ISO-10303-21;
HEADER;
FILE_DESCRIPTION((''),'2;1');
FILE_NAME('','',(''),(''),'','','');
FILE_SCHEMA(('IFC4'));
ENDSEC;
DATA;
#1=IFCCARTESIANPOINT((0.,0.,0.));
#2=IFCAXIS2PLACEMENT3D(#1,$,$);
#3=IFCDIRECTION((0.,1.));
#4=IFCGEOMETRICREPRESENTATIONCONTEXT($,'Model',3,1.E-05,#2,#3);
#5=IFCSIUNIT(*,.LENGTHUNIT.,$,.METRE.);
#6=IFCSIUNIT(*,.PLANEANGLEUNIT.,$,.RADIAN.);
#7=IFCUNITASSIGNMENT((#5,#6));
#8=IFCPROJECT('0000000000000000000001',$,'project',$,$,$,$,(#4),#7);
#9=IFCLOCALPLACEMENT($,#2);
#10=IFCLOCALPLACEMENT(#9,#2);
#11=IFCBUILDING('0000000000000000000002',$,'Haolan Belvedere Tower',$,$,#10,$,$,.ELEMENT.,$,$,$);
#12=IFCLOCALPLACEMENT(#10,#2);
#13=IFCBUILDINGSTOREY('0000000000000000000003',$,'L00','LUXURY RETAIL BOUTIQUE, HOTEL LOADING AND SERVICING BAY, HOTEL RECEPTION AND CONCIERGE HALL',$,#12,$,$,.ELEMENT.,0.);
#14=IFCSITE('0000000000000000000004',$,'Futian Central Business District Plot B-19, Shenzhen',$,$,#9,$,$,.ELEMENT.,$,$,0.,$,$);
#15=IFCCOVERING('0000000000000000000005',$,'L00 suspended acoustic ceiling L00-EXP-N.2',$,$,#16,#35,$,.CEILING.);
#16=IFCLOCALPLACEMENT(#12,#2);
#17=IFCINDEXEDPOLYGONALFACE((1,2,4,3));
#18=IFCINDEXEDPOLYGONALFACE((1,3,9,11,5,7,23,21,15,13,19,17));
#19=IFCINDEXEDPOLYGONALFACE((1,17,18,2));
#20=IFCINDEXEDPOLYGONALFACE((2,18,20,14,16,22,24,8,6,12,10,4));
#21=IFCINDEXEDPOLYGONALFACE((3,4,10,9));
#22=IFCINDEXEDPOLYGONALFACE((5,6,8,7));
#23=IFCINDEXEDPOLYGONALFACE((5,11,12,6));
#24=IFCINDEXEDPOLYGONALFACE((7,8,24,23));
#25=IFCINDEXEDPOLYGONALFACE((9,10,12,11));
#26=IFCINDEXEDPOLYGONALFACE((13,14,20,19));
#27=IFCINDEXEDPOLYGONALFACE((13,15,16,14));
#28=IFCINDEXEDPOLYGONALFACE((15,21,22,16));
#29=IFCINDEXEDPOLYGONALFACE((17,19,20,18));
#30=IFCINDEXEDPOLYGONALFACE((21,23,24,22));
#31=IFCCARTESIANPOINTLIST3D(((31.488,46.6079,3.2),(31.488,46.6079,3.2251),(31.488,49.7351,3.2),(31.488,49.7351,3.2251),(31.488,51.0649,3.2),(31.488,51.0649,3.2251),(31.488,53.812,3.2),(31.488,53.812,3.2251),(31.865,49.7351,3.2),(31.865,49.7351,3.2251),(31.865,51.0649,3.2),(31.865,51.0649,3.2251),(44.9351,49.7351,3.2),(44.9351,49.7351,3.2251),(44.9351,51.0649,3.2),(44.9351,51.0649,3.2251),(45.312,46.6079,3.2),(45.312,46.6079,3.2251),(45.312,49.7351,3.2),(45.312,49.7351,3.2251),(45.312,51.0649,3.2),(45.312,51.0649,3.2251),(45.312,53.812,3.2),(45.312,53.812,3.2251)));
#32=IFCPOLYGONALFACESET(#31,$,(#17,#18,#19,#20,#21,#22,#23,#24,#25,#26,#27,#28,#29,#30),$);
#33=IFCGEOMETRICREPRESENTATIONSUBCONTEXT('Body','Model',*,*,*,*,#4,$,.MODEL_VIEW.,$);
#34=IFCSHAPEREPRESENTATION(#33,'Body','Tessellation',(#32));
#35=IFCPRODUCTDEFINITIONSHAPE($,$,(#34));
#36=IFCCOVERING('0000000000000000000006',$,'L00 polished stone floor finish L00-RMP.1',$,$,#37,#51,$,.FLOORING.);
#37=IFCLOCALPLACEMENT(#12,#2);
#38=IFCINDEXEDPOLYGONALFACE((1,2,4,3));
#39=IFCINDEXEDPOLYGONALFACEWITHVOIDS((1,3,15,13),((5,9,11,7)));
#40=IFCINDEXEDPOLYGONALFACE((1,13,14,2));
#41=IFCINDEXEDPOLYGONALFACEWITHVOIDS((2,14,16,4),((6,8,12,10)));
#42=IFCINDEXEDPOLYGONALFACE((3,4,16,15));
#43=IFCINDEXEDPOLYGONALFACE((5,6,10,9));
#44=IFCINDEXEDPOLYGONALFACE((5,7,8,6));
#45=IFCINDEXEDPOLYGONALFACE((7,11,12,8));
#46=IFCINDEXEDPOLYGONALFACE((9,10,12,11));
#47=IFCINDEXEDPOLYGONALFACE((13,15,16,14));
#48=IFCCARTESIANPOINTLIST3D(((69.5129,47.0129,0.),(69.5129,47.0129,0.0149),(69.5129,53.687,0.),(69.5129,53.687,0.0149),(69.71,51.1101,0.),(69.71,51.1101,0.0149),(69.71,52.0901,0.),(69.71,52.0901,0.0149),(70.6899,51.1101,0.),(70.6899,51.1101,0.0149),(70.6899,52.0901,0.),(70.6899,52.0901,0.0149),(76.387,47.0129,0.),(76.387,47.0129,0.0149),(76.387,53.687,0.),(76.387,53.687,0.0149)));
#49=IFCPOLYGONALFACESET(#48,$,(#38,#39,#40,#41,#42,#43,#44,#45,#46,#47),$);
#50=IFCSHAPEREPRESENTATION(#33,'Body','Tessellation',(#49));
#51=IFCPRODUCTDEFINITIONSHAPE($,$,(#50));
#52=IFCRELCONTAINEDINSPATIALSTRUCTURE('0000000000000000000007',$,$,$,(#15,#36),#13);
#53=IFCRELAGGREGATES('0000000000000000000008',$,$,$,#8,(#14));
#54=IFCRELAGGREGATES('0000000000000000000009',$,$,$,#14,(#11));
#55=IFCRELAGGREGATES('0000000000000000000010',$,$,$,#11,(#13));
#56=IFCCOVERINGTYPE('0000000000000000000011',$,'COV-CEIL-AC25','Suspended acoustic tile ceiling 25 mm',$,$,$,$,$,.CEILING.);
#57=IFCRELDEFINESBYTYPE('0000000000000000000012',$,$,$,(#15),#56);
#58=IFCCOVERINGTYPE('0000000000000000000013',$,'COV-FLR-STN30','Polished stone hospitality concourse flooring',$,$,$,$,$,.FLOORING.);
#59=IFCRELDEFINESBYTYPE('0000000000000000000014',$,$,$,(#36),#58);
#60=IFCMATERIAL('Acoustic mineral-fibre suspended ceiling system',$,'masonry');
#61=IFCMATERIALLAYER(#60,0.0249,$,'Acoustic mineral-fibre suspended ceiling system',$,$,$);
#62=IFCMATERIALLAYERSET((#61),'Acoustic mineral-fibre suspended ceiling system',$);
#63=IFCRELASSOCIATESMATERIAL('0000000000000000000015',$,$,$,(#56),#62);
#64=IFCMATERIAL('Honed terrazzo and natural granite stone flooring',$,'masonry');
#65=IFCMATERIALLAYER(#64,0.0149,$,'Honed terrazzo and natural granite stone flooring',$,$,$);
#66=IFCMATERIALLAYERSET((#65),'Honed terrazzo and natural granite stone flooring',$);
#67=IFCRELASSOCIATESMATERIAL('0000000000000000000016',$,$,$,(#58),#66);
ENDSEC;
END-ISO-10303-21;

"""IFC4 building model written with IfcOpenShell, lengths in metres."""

from ifc_helpers import new_model, si_unit, direction, frame, origin, place, context, subcontext, project, spatial, polyline, outline, extrude, material, layer, layer_set, type_object, element, save


model = new_model("IFC4")

# Units and contexts
model_context = context("Model", 3, precision=1e-05, world=origin(), true_north=direction((0.0, 1.0)))
body_context = subcontext(model_context, "Body", "Model", "MODEL_VIEW")
ifc_project = project(units=[si_unit("LENGTHUNIT", "METRE"), si_unit("PLANEANGLEUNIT", "RADIAN")], contexts=[model_context])

# Site, building, storey
site_placement = place(None, origin())
site = spatial("IfcSite", under=ifc_project, at=site_placement, Name="Futian Central Business District Plot B-19, Shenzhen", CompositionType="ELEMENT", RefElevation=0.0)
building_placement = place(site_placement, origin())
building = spatial("IfcBuilding", under=site, at=building_placement, Name="Haolan Belvedere Tower", CompositionType="ELEMENT")
storey_placement = place(building_placement, origin())
storey = spatial("IfcBuildingStorey", under=building, at=storey_placement, Name="L00", Description="LUXURY RETAIL BOUTIQUE, HOTEL LOADING AND SERVICING BAY, HOTEL RECEPTION AND CONCIERGE HALL", CompositionType="ELEMENT", Elevation=0.0)

# Coverings
ifc_material_1 = material(Name="Acoustic mineral-fibre suspended ceiling system", Category="masonry")
ifc_layer_1 = layer(ifc_material_1, 0.0249, Name="Acoustic mineral-fibre suspended ceiling system")
ifc_layer_set_1 = layer_set([ifc_layer_1], Name="Acoustic mineral-fibre suspended ceiling system")
covering_type_1 = type_object("IfcCoveringType", Name="COV-CEIL-AC25", Description="Suspended acoustic tile ceiling 25 mm", PredefinedType="CEILING", material=ifc_layer_set_1)
covering_1_placement = place(storey_placement, frame((0.0, 0.0, 3.2)))
element("IfcCovering", 1, at=covering_1_placement, inside=storey, type_object=covering_type_1, Name="L00 suspended acoustic ceiling L00-EXP-N.2", PredefinedType="CEILING", context=body_context, shape_type="SweptSolid", body=[
    extrude(outline(polyline([(45.312, 49.7351), (44.9351, 49.7351), (44.9351, 51.0649), (45.312, 51.0649), (45.312, 53.812), (31.488, 53.812), (31.488, 51.0649), (31.865, 51.0649), (31.865, 49.7351), (31.488, 49.7351), (31.488, 46.6079), (45.312, 46.6079), (45.312, 49.7351)])), origin(), (0.0, 0.0, 1.0), 0.0251),
])
ifc_material_2 = material(Name="Honed terrazzo and natural granite stone flooring", Category="masonry")
ifc_layer_2 = layer(ifc_material_2, 0.0149, Name="Honed terrazzo and natural granite stone flooring")
ifc_layer_set_2 = layer_set([ifc_layer_2], Name="Honed terrazzo and natural granite stone flooring")
covering_type_2 = type_object("IfcCoveringType", Name="COV-FLR-STN30", Description="Polished stone hospitality concourse flooring", PredefinedType="FLOORING", material=ifc_layer_set_2)
covering_2_placement = place(storey_placement, origin())
element("IfcCovering", 2, at=covering_2_placement, inside=storey, type_object=covering_type_2, Name="L00 polished stone floor finish L00-RMP.1", PredefinedType="FLOORING", context=body_context, shape_type="SweptSolid", body=[
    extrude(outline(polyline([(76.387, 53.687), (69.5129, 53.687), (69.5129, 47.0129), (76.387, 47.0129), (76.387, 53.687)]), holes=[polyline([(70.6899, 52.0901), (70.6899, 51.1101), (69.71, 51.1101), (69.71, 52.0901), (70.6899, 52.0901)])]), origin(), (0.0, 0.0, 1.0), 0.0149),
])

save(model, "model.ifc")
